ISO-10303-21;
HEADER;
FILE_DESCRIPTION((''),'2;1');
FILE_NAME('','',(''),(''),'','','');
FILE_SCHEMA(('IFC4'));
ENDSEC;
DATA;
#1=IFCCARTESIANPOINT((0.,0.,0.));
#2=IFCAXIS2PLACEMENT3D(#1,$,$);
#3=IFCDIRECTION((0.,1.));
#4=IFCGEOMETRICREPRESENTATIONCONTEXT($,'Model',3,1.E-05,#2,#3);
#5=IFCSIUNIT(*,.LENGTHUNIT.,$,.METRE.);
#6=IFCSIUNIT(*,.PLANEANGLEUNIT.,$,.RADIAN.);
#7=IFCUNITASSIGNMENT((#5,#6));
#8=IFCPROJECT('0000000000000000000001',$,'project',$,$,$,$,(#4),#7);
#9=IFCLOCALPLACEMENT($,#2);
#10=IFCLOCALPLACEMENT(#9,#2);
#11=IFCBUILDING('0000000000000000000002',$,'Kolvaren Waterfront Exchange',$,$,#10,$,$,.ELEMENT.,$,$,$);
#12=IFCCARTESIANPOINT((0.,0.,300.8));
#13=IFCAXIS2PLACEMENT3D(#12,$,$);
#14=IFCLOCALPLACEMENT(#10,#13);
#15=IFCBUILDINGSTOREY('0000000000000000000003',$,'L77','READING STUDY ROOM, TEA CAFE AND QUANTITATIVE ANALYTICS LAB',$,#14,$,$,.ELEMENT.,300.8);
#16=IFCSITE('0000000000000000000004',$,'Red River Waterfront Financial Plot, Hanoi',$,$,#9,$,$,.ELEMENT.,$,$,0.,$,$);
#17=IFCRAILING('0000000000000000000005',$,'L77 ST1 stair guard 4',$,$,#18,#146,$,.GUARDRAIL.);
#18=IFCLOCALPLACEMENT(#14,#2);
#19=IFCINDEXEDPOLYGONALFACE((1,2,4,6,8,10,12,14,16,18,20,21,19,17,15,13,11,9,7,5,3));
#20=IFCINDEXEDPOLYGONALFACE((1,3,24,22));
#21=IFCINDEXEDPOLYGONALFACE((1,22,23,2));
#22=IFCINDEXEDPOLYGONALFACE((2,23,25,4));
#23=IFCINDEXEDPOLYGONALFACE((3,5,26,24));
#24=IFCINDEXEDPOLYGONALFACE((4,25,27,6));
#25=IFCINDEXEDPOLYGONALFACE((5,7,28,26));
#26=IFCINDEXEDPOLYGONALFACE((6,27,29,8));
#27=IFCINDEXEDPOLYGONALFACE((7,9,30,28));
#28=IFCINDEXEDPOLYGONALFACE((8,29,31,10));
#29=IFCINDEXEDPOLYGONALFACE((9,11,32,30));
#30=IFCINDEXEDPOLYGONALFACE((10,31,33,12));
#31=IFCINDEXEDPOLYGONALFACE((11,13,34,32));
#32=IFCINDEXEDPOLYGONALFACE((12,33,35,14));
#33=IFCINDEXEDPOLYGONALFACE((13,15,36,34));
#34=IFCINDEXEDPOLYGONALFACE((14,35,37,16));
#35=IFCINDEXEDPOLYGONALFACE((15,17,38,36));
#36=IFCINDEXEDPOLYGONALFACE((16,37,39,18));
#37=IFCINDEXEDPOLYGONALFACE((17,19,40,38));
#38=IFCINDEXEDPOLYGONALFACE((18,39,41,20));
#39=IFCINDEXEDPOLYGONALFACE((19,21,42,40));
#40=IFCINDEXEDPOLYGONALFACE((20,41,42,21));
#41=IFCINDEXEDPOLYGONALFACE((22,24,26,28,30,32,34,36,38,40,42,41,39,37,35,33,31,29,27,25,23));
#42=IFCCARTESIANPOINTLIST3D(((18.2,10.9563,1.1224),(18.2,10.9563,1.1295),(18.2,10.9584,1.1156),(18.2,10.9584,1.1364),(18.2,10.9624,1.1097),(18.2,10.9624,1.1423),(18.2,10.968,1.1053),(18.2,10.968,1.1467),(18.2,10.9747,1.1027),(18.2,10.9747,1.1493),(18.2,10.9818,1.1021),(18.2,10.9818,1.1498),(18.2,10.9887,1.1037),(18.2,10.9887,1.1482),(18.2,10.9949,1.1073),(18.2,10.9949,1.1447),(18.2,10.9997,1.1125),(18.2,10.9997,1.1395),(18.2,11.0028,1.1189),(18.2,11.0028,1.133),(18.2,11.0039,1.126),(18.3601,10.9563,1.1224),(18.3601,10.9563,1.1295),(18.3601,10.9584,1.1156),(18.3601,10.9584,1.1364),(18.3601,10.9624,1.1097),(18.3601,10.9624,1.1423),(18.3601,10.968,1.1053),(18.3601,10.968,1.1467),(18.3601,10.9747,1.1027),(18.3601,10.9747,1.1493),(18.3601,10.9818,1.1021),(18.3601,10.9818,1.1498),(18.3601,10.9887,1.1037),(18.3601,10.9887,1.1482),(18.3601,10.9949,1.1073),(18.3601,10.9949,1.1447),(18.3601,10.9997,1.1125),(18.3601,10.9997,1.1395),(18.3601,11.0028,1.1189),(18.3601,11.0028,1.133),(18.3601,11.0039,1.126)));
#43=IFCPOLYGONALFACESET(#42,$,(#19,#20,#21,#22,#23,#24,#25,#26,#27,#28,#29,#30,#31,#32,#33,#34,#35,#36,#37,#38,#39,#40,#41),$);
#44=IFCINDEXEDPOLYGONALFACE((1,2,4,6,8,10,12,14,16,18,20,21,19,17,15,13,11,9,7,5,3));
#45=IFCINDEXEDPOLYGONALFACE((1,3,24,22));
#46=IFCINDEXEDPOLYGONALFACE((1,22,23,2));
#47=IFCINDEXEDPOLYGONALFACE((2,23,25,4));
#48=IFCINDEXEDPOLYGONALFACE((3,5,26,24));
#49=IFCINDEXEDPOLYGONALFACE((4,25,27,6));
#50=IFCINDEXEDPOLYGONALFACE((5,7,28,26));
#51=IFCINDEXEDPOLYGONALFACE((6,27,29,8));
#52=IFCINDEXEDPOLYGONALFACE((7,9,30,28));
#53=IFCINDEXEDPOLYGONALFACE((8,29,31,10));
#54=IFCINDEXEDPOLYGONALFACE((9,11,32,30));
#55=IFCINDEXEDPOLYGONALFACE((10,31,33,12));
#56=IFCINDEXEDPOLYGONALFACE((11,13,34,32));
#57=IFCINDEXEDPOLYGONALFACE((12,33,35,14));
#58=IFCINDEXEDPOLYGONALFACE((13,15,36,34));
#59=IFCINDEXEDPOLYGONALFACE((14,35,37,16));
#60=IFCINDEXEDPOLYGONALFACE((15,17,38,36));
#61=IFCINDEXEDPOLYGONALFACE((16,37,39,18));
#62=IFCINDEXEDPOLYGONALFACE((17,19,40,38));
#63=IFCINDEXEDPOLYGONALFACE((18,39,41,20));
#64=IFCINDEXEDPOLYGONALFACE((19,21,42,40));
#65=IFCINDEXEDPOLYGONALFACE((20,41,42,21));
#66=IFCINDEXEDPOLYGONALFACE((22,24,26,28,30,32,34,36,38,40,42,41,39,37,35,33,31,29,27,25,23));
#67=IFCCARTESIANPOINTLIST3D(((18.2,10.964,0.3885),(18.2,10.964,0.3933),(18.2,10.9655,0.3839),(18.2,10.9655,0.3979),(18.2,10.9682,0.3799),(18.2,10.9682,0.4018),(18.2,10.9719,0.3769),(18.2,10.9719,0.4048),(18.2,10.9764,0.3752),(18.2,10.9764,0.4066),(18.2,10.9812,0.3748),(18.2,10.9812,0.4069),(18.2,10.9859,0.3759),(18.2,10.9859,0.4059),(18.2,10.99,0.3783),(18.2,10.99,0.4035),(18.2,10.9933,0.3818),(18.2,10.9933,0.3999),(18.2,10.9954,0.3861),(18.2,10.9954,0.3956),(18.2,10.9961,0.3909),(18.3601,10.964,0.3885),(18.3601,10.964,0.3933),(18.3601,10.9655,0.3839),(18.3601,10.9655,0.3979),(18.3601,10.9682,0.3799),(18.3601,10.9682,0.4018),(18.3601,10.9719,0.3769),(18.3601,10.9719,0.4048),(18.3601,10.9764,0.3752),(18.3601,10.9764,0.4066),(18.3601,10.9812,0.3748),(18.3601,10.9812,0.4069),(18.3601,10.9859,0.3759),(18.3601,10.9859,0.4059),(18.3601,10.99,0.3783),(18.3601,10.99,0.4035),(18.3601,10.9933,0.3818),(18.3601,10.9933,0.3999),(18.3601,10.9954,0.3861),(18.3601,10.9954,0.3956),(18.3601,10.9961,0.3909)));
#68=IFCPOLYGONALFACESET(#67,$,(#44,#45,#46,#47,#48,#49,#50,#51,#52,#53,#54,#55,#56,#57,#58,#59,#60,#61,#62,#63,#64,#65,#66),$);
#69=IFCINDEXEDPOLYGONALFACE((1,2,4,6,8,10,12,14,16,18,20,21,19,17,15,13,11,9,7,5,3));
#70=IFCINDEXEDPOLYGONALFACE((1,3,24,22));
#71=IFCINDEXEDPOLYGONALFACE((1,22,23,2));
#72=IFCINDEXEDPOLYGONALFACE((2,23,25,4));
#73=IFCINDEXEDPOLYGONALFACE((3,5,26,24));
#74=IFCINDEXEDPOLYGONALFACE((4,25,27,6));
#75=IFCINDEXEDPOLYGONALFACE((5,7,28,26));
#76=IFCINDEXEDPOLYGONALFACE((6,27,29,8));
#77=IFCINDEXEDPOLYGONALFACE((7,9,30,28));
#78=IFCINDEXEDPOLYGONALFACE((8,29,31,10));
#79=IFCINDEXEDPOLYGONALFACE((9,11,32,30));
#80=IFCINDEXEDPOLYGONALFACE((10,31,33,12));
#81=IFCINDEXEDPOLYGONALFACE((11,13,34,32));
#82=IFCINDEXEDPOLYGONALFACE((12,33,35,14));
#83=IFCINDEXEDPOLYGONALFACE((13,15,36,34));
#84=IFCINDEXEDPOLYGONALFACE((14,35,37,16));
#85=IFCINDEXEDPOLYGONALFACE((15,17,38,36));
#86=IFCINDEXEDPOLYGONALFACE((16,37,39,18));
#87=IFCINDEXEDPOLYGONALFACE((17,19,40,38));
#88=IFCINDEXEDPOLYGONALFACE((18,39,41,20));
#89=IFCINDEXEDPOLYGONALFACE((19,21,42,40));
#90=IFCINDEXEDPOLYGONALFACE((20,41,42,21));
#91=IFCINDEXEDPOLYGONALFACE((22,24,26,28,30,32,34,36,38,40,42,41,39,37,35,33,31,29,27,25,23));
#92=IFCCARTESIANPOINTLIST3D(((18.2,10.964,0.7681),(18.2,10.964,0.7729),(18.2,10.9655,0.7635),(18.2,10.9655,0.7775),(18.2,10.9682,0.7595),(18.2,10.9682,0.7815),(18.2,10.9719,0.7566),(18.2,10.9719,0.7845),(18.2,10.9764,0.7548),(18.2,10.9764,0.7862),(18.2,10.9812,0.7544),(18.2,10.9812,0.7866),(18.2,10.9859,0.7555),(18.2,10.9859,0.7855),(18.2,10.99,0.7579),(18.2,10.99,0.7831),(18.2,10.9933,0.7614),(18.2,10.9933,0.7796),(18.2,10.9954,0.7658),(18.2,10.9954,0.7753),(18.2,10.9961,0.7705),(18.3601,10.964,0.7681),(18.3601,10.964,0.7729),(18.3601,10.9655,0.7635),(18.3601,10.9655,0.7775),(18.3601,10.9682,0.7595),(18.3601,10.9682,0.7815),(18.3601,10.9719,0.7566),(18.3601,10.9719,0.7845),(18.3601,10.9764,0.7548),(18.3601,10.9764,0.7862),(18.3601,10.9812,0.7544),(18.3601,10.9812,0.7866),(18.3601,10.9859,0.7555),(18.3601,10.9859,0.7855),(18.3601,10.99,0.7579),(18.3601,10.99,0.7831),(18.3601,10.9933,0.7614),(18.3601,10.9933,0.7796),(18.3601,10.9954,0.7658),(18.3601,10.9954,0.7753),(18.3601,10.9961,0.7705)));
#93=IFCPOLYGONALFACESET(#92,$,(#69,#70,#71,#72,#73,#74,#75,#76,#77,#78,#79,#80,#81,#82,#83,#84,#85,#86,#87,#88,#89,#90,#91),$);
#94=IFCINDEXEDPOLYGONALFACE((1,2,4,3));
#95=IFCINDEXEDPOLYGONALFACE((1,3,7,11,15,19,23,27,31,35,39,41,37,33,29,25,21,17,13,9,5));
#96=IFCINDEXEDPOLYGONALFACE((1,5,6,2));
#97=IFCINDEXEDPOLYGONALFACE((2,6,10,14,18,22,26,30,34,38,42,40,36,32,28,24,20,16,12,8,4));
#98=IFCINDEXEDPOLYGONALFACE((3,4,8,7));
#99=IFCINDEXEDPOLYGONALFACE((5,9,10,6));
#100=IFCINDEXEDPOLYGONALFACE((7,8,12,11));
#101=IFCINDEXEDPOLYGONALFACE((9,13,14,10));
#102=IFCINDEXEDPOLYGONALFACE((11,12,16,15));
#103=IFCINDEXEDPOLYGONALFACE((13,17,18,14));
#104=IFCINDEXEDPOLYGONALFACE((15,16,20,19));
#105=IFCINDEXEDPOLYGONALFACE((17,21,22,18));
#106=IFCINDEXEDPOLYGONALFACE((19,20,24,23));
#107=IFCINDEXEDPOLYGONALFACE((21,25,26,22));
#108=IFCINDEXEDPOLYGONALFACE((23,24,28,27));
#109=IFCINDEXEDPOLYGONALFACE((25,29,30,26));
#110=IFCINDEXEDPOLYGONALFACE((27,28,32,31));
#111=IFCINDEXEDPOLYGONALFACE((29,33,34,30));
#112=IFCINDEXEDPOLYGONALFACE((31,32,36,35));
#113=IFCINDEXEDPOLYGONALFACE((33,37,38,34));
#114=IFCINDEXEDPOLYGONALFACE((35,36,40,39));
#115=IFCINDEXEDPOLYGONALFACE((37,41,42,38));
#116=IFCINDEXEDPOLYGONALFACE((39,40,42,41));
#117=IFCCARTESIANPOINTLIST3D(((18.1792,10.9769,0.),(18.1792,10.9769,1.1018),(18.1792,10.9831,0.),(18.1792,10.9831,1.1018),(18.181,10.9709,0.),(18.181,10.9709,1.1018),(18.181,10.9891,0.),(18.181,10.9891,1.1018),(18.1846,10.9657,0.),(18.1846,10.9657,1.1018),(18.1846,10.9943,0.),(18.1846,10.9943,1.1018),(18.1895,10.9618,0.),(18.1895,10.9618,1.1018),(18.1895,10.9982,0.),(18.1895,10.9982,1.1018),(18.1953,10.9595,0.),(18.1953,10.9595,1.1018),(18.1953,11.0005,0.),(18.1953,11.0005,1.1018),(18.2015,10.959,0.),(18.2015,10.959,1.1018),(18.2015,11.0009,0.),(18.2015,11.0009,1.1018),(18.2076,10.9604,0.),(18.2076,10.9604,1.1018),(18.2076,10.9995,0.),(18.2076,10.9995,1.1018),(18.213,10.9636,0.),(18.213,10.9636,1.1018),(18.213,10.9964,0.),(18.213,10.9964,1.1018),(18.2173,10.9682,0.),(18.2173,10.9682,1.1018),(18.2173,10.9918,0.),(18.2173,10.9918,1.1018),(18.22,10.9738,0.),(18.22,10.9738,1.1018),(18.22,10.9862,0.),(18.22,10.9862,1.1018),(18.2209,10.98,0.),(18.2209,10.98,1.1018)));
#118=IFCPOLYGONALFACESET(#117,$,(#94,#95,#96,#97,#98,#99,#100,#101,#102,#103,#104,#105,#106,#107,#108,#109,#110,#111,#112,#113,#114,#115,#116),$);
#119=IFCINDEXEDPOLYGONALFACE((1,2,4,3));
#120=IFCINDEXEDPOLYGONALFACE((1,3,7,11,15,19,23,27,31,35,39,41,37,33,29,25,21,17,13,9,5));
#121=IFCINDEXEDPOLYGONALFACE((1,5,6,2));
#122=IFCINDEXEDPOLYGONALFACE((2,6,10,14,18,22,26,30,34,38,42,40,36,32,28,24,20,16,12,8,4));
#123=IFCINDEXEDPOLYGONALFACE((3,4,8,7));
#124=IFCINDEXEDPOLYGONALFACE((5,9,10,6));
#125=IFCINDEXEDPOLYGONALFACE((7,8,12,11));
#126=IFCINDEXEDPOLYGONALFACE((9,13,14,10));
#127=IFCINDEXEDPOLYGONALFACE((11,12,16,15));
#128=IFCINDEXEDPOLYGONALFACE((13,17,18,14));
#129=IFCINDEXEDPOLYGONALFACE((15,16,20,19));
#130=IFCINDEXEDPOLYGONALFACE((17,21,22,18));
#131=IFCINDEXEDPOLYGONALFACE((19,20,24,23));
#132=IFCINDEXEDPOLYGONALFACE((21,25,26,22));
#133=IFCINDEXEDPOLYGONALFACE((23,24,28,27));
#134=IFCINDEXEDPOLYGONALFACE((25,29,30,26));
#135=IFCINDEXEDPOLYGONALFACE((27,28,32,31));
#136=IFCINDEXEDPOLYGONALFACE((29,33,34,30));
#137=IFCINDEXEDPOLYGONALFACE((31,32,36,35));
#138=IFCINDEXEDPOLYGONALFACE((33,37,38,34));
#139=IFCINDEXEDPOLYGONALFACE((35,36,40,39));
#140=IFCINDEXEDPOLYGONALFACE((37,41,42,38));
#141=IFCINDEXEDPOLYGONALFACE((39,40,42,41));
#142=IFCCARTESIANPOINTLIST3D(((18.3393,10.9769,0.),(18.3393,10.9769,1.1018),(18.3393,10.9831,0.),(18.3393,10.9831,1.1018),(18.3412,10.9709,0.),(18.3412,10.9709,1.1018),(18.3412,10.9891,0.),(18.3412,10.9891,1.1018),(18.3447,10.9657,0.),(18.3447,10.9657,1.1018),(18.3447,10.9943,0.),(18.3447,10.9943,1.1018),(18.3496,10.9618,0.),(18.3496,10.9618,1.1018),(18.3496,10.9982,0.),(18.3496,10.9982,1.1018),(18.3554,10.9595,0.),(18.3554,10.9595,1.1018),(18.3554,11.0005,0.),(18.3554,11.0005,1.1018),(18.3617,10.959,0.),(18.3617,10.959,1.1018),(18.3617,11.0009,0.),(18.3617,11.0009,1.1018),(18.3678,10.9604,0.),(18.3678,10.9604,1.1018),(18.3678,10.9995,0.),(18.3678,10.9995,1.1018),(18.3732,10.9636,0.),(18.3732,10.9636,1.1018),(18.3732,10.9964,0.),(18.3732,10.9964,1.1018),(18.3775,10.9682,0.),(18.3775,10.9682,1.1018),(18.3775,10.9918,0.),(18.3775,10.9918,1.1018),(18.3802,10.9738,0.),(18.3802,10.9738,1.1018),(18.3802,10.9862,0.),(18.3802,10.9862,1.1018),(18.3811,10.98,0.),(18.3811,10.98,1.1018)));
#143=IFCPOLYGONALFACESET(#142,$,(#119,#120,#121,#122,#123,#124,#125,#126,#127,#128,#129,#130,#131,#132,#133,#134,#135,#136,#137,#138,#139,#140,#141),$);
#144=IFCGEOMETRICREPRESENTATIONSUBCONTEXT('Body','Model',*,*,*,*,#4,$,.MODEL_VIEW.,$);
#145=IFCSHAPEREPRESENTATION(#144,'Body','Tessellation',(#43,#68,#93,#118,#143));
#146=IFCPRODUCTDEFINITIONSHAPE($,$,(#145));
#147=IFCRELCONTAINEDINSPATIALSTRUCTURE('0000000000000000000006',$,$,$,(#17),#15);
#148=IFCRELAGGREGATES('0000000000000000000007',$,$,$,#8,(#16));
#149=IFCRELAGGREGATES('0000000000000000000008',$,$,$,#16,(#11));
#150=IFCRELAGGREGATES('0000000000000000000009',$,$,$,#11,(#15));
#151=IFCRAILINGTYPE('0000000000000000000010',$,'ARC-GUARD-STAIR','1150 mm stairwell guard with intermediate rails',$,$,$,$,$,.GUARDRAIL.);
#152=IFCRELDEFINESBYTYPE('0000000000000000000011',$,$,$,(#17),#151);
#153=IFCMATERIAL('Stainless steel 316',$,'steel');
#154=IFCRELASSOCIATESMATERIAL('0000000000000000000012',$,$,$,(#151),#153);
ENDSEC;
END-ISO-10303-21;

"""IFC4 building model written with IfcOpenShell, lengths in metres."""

from ifc_helpers import new_model, si_unit, direction, frame, origin, origin_2d, place, context, subcontext, project, spatial, circle, extrude, material, type_object, element, save


model = new_model("IFC4")

# Units and contexts
model_context = context("Model", 3, precision=1e-05, world=origin(), true_north=direction((0.0, 1.0)))
body_context = subcontext(model_context, "Body", "Model", "MODEL_VIEW")
ifc_project = project(units=[si_unit("LENGTHUNIT", "METRE"), si_unit("PLANEANGLEUNIT", "RADIAN")], contexts=[model_context])

# Site, building, storey
site_placement = place(None, origin())
site = spatial("IfcSite", under=ifc_project, at=site_placement, Name="Red River Waterfront Financial Plot, Hanoi", CompositionType="ELEMENT", RefElevation=0.0)
building_placement = place(site_placement, origin())
building = spatial("IfcBuilding", under=site, at=building_placement, Name="Kolvaren Waterfront Exchange", CompositionType="ELEMENT")
storey_placement = place(building_placement, frame((0.0, 0.0, 300.8)))
storey = spatial("IfcBuildingStorey", under=building, at=storey_placement, Name="L77", Description="READING STUDY ROOM, TEA CAFE AND QUANTITATIVE ANALYTICS LAB", CompositionType="ELEMENT", Elevation=300.8)

# Railing
ifc_material_1 = material(Name="Stainless steel 316", Category="steel")
railing_type_1 = type_object("IfcRailingType", Name="ARC-GUARD-STAIR", Description="1150 mm stairwell guard with intermediate rails", PredefinedType="GUARDRAIL", material=ifc_material_1)
railing_1_placement = place(storey_placement, frame((18.2, 10.98, 0.0)))
element("IfcRailing", 1, at=railing_1_placement, inside=storey, type_object=railing_type_1, Name="L77 ST1 stair guard 4", PredefinedType="GUARDRAIL", context=body_context, shape_type="SweptSolid", body=[
    extrude(circle(Radius=0.0239, at=origin_2d()), frame((0.0, 0.0, 1.126), z_axis=(1.0, 0.0, 0.0), x_axis=(0.0, 1.0, 0.0)), (0.0, 0.0, 1.0), 0.1602),
    extrude(circle(Radius=0.0161, at=origin_2d()), frame((0.0, 0.0, 0.3909), z_axis=(1.0, 0.0, 0.0), x_axis=(0.0, 1.0, 0.0)), (0.0, 0.0, 1.0), 0.1602),
    extrude(circle(Radius=0.0161, at=origin_2d()), frame((0.0, 0.0, 0.7705), z_axis=(1.0, 0.0, 0.0), x_axis=(0.0, 1.0, 0.0)), (0.0, 0.0, 1.0), 0.1602),
    extrude(circle(Radius=0.021, at=origin_2d()), origin(), (0.0, 0.0, 1.0), 1.1018),
    extrude(circle(Radius=0.021, at=origin_2d()), frame((0.1602, 0.0, 0.0)), (0.0, 0.0, 1.0), 1.1018),
])

save(model, "model.ifc")
